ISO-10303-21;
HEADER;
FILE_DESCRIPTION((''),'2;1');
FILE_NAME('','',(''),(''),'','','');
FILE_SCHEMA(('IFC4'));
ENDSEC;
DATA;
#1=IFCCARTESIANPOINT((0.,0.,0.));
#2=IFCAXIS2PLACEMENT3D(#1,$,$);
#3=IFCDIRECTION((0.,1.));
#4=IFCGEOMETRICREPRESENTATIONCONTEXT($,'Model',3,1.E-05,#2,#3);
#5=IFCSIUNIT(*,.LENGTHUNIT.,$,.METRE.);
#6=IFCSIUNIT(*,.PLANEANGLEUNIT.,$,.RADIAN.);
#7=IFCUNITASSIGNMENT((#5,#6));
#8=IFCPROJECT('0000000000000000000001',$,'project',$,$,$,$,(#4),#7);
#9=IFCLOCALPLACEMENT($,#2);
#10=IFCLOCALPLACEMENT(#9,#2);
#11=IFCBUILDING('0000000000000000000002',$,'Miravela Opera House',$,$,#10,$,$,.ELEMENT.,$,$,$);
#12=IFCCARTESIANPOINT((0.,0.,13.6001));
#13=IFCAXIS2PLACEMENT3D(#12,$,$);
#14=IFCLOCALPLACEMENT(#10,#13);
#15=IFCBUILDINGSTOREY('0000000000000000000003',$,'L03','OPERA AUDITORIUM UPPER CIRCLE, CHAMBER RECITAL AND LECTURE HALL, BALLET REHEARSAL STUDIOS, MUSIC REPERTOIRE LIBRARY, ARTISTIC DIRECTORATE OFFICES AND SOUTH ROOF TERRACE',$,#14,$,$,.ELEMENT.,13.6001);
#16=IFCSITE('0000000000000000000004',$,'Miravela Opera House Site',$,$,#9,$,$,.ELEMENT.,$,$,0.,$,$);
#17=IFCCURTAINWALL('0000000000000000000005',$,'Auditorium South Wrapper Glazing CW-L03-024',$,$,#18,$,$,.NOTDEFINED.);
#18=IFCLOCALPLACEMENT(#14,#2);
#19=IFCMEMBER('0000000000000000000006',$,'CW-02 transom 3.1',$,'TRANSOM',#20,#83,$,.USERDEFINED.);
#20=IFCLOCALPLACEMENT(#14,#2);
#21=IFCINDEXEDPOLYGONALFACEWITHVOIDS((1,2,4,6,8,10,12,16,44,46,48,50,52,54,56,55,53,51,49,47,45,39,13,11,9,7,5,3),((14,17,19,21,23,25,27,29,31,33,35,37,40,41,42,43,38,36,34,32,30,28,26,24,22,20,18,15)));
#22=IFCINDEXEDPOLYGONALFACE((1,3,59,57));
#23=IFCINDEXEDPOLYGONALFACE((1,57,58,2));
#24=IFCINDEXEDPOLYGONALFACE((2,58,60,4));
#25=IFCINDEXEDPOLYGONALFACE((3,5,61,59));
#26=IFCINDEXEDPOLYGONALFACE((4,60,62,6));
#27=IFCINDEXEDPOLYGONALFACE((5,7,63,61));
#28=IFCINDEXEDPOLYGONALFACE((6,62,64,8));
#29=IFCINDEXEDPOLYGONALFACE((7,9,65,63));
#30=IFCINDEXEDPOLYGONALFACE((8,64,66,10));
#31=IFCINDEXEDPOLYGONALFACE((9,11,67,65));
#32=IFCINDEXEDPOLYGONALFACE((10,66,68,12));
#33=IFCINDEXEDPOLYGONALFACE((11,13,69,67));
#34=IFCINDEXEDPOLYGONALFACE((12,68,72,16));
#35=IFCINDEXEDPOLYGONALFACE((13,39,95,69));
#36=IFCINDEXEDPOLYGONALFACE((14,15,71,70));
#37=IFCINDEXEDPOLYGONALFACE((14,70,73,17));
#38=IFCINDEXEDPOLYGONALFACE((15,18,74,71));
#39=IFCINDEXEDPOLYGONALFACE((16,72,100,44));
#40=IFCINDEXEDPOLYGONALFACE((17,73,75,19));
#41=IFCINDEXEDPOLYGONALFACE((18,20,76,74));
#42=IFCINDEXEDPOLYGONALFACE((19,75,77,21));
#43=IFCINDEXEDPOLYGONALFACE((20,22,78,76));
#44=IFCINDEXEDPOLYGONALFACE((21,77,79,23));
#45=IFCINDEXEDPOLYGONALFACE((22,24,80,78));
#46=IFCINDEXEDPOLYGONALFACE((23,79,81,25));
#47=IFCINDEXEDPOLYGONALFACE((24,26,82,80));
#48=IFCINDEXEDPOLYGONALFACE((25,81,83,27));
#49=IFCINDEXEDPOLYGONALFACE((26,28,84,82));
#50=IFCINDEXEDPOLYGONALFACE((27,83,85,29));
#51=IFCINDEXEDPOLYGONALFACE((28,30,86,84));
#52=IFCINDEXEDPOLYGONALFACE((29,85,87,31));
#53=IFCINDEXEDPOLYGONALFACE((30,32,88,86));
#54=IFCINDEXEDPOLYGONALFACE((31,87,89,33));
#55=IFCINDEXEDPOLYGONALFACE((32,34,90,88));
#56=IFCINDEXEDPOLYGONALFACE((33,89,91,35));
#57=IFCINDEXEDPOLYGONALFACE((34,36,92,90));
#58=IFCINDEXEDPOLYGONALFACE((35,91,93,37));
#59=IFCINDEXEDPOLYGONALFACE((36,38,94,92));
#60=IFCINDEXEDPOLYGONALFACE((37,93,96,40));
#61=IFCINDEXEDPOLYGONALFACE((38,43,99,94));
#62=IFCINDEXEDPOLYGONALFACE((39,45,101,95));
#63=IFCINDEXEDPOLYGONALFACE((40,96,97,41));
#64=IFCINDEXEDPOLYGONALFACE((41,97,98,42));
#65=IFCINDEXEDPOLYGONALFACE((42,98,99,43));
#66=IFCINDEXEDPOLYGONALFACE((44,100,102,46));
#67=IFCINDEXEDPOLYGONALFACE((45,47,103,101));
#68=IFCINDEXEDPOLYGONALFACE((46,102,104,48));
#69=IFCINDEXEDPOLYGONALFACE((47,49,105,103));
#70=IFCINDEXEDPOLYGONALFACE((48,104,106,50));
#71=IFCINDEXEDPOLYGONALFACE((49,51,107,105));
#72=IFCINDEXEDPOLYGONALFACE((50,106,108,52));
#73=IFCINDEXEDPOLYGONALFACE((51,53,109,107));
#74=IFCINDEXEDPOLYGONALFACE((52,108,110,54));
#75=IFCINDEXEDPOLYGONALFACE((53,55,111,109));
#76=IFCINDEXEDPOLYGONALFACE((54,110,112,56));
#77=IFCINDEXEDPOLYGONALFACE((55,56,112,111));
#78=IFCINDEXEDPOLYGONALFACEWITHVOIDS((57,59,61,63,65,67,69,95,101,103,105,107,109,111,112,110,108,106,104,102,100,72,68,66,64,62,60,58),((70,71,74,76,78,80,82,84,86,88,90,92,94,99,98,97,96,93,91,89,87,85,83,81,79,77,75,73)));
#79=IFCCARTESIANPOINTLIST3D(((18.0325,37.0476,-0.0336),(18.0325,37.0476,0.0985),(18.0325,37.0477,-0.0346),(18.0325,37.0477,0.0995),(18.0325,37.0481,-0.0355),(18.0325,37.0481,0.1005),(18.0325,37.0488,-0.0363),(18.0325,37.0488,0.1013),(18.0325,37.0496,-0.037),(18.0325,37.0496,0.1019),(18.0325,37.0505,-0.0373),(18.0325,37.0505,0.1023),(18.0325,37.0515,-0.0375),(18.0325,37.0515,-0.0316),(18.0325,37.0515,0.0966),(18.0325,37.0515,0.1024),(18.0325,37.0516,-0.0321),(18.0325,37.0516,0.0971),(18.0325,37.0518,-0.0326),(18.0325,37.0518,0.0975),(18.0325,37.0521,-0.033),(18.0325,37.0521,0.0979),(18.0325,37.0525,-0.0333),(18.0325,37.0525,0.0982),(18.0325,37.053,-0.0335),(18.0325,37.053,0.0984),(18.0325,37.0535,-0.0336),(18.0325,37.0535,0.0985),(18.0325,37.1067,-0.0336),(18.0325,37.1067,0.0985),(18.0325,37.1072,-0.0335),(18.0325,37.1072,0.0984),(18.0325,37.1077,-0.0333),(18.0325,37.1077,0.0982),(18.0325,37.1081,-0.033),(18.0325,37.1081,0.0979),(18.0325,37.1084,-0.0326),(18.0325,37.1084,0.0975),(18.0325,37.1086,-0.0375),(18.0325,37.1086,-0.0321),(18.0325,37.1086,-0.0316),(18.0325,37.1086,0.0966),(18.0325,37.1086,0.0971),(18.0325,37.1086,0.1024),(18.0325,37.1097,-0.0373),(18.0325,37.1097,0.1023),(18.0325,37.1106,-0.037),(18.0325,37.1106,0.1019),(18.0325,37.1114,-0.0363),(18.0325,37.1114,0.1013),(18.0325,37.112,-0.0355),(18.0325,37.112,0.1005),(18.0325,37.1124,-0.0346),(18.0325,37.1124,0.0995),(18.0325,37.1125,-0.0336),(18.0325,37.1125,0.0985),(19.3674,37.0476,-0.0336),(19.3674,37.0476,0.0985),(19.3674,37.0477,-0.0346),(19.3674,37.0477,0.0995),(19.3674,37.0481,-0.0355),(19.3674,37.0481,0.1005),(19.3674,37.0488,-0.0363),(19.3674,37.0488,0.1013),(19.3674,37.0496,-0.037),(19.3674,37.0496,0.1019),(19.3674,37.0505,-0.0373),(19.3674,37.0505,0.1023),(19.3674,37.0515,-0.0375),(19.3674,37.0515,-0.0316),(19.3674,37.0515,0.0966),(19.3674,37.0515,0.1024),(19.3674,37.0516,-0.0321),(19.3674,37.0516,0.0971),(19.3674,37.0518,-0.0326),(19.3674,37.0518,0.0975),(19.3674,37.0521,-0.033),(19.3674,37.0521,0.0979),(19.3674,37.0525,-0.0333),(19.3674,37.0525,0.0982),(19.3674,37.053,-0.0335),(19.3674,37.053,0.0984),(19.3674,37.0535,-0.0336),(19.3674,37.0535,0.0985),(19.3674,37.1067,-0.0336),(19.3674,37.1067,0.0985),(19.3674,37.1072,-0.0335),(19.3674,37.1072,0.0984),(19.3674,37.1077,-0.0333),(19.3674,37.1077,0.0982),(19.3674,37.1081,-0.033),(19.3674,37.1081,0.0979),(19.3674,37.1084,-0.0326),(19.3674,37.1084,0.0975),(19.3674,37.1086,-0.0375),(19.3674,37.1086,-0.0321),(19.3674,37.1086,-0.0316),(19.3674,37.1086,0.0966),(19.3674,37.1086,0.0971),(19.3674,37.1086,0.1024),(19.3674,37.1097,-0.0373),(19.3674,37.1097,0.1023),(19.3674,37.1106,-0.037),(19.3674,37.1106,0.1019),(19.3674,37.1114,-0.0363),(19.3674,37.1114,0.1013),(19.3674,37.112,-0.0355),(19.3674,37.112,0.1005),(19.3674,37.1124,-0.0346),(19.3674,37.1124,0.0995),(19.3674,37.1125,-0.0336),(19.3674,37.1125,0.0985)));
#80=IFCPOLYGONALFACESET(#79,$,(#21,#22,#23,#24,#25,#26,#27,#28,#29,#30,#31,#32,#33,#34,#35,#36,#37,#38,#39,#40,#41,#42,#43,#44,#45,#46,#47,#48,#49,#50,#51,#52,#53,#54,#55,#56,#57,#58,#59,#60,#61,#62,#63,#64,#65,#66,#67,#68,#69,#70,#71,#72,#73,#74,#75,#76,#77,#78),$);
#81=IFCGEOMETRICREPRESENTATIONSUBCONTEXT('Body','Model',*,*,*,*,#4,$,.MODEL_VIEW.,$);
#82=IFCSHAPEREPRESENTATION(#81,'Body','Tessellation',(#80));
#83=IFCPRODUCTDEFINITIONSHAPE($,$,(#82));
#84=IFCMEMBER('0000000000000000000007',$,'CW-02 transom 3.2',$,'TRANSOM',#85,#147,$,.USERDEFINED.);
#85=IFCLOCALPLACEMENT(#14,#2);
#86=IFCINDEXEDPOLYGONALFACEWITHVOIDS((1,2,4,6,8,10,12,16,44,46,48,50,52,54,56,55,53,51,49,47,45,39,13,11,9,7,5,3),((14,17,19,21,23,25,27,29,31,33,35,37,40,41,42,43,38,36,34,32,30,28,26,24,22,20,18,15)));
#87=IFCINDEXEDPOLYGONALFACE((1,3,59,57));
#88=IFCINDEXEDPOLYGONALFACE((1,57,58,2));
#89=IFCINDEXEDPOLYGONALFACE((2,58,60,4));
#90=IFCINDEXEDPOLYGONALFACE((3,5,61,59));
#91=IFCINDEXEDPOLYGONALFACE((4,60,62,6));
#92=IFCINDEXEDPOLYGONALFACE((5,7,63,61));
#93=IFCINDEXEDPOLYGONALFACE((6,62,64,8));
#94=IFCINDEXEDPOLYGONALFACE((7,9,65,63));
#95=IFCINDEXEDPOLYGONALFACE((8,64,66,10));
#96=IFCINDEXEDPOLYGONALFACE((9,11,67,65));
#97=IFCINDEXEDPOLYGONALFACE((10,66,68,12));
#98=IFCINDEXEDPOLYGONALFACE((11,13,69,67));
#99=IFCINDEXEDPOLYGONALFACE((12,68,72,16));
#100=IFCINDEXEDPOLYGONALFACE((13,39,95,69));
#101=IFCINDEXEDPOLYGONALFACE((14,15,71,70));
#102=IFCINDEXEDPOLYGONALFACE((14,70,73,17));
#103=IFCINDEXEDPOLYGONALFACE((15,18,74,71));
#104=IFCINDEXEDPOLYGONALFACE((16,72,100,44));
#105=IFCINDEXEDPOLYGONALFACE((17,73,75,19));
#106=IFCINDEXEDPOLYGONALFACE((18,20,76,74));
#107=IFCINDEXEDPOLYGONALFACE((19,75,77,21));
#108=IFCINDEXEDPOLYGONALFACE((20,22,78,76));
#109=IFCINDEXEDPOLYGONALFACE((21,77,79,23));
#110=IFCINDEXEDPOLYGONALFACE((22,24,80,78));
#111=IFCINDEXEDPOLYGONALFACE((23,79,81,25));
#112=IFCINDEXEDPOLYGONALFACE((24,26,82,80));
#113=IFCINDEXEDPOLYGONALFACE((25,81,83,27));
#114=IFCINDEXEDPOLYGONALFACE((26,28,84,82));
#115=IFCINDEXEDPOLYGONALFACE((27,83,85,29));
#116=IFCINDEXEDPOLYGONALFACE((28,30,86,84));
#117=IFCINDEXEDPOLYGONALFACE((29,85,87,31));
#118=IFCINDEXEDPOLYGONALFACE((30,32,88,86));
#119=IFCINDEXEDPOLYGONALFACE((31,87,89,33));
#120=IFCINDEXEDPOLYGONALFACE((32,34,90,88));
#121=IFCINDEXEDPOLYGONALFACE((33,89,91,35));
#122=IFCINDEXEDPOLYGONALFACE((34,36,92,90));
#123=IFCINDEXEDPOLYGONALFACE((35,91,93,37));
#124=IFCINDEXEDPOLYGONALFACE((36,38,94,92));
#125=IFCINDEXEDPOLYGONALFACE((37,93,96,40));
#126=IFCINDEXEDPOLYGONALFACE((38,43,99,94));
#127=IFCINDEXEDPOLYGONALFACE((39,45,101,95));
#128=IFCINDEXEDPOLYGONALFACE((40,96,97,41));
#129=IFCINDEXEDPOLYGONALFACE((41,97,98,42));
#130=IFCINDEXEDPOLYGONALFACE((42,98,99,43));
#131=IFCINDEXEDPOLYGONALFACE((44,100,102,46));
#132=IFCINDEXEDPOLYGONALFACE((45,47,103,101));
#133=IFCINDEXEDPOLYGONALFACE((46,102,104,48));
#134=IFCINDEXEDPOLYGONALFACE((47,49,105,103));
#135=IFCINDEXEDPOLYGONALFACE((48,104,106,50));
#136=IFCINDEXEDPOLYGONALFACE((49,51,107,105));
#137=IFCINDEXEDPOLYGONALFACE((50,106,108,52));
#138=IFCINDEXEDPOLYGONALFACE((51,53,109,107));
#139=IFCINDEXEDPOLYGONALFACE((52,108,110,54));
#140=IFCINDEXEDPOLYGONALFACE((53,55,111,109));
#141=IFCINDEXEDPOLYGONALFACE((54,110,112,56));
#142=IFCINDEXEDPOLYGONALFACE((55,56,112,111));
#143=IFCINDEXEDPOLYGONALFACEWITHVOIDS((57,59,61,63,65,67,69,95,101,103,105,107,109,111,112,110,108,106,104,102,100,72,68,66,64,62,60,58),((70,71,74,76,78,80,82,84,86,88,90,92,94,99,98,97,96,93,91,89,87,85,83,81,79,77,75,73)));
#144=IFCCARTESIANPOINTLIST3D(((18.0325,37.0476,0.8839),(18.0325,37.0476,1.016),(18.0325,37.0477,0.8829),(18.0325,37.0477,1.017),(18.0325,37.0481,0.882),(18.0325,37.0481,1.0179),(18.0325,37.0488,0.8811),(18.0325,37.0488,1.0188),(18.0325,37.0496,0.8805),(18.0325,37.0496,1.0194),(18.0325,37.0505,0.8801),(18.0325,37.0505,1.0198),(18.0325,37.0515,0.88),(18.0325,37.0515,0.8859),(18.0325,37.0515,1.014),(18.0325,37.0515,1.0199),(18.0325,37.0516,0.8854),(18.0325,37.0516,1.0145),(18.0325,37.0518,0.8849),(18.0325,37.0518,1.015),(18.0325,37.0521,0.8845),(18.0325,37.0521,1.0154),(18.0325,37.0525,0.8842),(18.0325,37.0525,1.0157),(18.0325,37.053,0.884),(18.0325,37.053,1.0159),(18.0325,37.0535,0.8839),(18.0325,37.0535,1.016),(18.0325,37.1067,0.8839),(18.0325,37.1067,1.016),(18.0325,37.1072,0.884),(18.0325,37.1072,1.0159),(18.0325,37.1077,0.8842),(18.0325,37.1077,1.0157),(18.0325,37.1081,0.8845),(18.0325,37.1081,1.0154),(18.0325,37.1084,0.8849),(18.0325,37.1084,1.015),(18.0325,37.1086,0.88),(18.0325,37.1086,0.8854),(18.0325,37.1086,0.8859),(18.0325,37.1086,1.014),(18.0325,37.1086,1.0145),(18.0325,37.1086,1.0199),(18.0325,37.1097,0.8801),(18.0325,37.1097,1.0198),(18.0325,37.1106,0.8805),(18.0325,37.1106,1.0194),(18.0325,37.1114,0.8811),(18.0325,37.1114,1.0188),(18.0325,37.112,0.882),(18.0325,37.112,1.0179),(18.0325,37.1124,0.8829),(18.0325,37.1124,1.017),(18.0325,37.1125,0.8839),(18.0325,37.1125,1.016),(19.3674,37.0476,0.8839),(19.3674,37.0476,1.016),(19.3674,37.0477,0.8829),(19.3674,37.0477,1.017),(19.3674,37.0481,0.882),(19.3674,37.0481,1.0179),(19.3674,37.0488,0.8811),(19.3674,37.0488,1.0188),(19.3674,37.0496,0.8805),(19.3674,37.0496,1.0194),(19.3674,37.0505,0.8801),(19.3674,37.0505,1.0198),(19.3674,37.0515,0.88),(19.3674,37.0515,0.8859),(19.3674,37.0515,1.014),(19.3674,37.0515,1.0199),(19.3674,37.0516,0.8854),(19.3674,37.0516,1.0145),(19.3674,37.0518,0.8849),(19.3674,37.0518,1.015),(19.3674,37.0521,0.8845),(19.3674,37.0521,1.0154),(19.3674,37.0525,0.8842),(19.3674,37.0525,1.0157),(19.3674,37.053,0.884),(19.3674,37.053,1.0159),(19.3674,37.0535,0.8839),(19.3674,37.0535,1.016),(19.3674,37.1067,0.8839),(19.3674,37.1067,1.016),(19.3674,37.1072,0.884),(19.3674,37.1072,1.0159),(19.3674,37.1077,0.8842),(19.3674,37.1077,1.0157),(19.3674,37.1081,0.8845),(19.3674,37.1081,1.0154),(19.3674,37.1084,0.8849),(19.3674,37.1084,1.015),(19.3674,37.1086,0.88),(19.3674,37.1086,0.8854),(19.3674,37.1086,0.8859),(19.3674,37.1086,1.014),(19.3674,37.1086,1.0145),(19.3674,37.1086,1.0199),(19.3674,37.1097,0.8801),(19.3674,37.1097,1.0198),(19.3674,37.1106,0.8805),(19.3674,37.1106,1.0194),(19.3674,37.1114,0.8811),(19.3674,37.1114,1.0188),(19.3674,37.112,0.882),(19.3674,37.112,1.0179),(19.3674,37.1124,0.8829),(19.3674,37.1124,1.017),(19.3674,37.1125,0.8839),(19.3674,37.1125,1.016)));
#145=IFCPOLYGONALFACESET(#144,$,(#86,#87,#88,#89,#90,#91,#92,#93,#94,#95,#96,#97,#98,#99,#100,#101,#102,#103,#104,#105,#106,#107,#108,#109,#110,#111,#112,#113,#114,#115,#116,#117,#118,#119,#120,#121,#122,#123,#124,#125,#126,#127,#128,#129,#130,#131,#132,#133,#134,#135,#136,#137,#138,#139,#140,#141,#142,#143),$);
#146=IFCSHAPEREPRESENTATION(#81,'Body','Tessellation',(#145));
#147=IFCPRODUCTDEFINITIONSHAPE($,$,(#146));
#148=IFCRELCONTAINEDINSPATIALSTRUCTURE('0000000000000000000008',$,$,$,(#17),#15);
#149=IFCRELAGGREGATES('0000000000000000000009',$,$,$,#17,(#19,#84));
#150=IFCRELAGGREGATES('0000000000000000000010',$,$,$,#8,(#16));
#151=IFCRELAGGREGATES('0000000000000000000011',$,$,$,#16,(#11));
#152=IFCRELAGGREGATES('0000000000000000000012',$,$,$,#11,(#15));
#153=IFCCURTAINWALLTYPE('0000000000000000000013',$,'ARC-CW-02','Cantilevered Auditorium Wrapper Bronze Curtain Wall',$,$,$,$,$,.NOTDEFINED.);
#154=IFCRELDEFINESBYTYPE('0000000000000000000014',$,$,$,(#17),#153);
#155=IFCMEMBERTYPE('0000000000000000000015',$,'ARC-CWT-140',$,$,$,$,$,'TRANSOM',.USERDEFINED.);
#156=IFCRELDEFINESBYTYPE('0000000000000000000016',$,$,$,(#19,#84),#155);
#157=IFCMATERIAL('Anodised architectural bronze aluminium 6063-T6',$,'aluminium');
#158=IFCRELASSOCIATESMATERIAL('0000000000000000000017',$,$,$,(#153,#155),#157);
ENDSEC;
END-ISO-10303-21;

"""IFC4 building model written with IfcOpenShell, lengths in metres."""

from ifc_helpers import new_model, si_unit, direction, frame, origin, origin_2d, place, context, subcontext, project, spatial, hollow_rectangle, extrude, material, material_profile, profile_set, type_object, element, aggregate, save


model = new_model("IFC4")

# Units and contexts
model_context = context("Model", 3, precision=1e-05, world=origin(), true_north=direction((0.0, 1.0)))
body_context = subcontext(model_context, "Body", "Model", "MODEL_VIEW")
ifc_project = project(units=[si_unit("LENGTHUNIT", "METRE"), si_unit("PLANEANGLEUNIT", "RADIAN")], contexts=[model_context])

# Site, building, storey
site_placement = place(None, origin())
site = spatial("IfcSite", under=ifc_project, at=site_placement, Name="Miravela Opera House Site", CompositionType="ELEMENT", RefElevation=0.0)
building_placement = place(site_placement, origin())
building = spatial("IfcBuilding", under=site, at=building_placement, Name="Miravela Opera House", CompositionType="ELEMENT")
storey_placement = place(building_placement, frame((0.0, 0.0, 13.6001)))
storey = spatial("IfcBuildingStorey", under=building, at=storey_placement, Name="L03", Description="OPERA AUDITORIUM UPPER CIRCLE, CHAMBER RECITAL AND LECTURE HALL, BALLET REHEARSAL STUDIOS, MUSIC REPERTOIRE LIBRARY, ARTISTIC DIRECTORATE OFFICES AND SOUTH ROOF TERRACE", CompositionType="ELEMENT", Elevation=13.6001)

# Curtain wall
ifc_material_1 = material(Name="Anodised architectural bronze aluminium 6063-T6", Category="aluminium")
curtain_wall_type = type_object("IfcCurtainWallType", Name="ARC-CW-02", Description="Cantilevered Auditorium Wrapper Bronze Curtain Wall", PredefinedType="NOTDEFINED", material=ifc_material_1)
curtain_wall_1_placement = place(storey_placement, origin())
curtain_wall_1 = element("IfcCurtainWall", 1, at=curtain_wall_1_placement, inside=storey, type_object=curtain_wall_type, Name="Auditorium South Wrapper Glazing CW-L03-024", PredefinedType="NOTDEFINED")

# Members
ifc_material_profile_1 = material_profile(ifc_material_1, hollow_rectangle(XDim=0.0649, YDim=0.1399, WallThickness=0.0039, InnerFilletRadius=0.002, OuterFilletRadius=0.0039, at=origin_2d()), Name="CWT-65X140")
ifc_profile_set_1 = profile_set([ifc_material_profile_1])
member_type_1 = type_object("IfcMemberType", Name="ARC-CWT-140", ElementType="TRANSOM", PredefinedType="USERDEFINED", material=ifc_profile_set_1)
member_1_placement = place(storey_placement, frame((18.0325, 37.0801, 0.0325), z_axis=(1.0, 0.0, 0.0), x_axis=(0.0, 1.0, 0.0)))
member_1 = element("IfcMember", 2, at=member_1_placement, type_object=member_type_1, Name="CW-02 transom 3.1", ObjectType="TRANSOM", PredefinedType="USERDEFINED", context=body_context, shape_type="SweptSolid", body=[
    extrude(hollow_rectangle(XDim=0.0649, YDim=0.1399, WallThickness=0.0039, InnerFilletRadius=0.002, OuterFilletRadius=0.0039, at=origin_2d()), origin(), (0.0, 0.0, 1.0), 1.335),
])
member_2_placement = place(storey_placement, frame((18.0325, 37.0801, 0.95), z_axis=(1.0, 0.0, 0.0), x_axis=(0.0, 1.0, 0.0)))
member_2 = element("IfcMember", 3, at=member_2_placement, type_object=member_type_1, Name="CW-02 transom 3.2", ObjectType="TRANSOM", PredefinedType="USERDEFINED", context=body_context, shape_type="SweptSolid", body=[
    extrude(hollow_rectangle(XDim=0.0649, YDim=0.1399, WallThickness=0.0039, InnerFilletRadius=0.002, OuterFilletRadius=0.0039, at=origin_2d()), origin(), (0.0, 0.0, 1.0), 1.335),
])

aggregate(curtain_wall_1, [member_1, member_2])

save(model, "model.ifc")
